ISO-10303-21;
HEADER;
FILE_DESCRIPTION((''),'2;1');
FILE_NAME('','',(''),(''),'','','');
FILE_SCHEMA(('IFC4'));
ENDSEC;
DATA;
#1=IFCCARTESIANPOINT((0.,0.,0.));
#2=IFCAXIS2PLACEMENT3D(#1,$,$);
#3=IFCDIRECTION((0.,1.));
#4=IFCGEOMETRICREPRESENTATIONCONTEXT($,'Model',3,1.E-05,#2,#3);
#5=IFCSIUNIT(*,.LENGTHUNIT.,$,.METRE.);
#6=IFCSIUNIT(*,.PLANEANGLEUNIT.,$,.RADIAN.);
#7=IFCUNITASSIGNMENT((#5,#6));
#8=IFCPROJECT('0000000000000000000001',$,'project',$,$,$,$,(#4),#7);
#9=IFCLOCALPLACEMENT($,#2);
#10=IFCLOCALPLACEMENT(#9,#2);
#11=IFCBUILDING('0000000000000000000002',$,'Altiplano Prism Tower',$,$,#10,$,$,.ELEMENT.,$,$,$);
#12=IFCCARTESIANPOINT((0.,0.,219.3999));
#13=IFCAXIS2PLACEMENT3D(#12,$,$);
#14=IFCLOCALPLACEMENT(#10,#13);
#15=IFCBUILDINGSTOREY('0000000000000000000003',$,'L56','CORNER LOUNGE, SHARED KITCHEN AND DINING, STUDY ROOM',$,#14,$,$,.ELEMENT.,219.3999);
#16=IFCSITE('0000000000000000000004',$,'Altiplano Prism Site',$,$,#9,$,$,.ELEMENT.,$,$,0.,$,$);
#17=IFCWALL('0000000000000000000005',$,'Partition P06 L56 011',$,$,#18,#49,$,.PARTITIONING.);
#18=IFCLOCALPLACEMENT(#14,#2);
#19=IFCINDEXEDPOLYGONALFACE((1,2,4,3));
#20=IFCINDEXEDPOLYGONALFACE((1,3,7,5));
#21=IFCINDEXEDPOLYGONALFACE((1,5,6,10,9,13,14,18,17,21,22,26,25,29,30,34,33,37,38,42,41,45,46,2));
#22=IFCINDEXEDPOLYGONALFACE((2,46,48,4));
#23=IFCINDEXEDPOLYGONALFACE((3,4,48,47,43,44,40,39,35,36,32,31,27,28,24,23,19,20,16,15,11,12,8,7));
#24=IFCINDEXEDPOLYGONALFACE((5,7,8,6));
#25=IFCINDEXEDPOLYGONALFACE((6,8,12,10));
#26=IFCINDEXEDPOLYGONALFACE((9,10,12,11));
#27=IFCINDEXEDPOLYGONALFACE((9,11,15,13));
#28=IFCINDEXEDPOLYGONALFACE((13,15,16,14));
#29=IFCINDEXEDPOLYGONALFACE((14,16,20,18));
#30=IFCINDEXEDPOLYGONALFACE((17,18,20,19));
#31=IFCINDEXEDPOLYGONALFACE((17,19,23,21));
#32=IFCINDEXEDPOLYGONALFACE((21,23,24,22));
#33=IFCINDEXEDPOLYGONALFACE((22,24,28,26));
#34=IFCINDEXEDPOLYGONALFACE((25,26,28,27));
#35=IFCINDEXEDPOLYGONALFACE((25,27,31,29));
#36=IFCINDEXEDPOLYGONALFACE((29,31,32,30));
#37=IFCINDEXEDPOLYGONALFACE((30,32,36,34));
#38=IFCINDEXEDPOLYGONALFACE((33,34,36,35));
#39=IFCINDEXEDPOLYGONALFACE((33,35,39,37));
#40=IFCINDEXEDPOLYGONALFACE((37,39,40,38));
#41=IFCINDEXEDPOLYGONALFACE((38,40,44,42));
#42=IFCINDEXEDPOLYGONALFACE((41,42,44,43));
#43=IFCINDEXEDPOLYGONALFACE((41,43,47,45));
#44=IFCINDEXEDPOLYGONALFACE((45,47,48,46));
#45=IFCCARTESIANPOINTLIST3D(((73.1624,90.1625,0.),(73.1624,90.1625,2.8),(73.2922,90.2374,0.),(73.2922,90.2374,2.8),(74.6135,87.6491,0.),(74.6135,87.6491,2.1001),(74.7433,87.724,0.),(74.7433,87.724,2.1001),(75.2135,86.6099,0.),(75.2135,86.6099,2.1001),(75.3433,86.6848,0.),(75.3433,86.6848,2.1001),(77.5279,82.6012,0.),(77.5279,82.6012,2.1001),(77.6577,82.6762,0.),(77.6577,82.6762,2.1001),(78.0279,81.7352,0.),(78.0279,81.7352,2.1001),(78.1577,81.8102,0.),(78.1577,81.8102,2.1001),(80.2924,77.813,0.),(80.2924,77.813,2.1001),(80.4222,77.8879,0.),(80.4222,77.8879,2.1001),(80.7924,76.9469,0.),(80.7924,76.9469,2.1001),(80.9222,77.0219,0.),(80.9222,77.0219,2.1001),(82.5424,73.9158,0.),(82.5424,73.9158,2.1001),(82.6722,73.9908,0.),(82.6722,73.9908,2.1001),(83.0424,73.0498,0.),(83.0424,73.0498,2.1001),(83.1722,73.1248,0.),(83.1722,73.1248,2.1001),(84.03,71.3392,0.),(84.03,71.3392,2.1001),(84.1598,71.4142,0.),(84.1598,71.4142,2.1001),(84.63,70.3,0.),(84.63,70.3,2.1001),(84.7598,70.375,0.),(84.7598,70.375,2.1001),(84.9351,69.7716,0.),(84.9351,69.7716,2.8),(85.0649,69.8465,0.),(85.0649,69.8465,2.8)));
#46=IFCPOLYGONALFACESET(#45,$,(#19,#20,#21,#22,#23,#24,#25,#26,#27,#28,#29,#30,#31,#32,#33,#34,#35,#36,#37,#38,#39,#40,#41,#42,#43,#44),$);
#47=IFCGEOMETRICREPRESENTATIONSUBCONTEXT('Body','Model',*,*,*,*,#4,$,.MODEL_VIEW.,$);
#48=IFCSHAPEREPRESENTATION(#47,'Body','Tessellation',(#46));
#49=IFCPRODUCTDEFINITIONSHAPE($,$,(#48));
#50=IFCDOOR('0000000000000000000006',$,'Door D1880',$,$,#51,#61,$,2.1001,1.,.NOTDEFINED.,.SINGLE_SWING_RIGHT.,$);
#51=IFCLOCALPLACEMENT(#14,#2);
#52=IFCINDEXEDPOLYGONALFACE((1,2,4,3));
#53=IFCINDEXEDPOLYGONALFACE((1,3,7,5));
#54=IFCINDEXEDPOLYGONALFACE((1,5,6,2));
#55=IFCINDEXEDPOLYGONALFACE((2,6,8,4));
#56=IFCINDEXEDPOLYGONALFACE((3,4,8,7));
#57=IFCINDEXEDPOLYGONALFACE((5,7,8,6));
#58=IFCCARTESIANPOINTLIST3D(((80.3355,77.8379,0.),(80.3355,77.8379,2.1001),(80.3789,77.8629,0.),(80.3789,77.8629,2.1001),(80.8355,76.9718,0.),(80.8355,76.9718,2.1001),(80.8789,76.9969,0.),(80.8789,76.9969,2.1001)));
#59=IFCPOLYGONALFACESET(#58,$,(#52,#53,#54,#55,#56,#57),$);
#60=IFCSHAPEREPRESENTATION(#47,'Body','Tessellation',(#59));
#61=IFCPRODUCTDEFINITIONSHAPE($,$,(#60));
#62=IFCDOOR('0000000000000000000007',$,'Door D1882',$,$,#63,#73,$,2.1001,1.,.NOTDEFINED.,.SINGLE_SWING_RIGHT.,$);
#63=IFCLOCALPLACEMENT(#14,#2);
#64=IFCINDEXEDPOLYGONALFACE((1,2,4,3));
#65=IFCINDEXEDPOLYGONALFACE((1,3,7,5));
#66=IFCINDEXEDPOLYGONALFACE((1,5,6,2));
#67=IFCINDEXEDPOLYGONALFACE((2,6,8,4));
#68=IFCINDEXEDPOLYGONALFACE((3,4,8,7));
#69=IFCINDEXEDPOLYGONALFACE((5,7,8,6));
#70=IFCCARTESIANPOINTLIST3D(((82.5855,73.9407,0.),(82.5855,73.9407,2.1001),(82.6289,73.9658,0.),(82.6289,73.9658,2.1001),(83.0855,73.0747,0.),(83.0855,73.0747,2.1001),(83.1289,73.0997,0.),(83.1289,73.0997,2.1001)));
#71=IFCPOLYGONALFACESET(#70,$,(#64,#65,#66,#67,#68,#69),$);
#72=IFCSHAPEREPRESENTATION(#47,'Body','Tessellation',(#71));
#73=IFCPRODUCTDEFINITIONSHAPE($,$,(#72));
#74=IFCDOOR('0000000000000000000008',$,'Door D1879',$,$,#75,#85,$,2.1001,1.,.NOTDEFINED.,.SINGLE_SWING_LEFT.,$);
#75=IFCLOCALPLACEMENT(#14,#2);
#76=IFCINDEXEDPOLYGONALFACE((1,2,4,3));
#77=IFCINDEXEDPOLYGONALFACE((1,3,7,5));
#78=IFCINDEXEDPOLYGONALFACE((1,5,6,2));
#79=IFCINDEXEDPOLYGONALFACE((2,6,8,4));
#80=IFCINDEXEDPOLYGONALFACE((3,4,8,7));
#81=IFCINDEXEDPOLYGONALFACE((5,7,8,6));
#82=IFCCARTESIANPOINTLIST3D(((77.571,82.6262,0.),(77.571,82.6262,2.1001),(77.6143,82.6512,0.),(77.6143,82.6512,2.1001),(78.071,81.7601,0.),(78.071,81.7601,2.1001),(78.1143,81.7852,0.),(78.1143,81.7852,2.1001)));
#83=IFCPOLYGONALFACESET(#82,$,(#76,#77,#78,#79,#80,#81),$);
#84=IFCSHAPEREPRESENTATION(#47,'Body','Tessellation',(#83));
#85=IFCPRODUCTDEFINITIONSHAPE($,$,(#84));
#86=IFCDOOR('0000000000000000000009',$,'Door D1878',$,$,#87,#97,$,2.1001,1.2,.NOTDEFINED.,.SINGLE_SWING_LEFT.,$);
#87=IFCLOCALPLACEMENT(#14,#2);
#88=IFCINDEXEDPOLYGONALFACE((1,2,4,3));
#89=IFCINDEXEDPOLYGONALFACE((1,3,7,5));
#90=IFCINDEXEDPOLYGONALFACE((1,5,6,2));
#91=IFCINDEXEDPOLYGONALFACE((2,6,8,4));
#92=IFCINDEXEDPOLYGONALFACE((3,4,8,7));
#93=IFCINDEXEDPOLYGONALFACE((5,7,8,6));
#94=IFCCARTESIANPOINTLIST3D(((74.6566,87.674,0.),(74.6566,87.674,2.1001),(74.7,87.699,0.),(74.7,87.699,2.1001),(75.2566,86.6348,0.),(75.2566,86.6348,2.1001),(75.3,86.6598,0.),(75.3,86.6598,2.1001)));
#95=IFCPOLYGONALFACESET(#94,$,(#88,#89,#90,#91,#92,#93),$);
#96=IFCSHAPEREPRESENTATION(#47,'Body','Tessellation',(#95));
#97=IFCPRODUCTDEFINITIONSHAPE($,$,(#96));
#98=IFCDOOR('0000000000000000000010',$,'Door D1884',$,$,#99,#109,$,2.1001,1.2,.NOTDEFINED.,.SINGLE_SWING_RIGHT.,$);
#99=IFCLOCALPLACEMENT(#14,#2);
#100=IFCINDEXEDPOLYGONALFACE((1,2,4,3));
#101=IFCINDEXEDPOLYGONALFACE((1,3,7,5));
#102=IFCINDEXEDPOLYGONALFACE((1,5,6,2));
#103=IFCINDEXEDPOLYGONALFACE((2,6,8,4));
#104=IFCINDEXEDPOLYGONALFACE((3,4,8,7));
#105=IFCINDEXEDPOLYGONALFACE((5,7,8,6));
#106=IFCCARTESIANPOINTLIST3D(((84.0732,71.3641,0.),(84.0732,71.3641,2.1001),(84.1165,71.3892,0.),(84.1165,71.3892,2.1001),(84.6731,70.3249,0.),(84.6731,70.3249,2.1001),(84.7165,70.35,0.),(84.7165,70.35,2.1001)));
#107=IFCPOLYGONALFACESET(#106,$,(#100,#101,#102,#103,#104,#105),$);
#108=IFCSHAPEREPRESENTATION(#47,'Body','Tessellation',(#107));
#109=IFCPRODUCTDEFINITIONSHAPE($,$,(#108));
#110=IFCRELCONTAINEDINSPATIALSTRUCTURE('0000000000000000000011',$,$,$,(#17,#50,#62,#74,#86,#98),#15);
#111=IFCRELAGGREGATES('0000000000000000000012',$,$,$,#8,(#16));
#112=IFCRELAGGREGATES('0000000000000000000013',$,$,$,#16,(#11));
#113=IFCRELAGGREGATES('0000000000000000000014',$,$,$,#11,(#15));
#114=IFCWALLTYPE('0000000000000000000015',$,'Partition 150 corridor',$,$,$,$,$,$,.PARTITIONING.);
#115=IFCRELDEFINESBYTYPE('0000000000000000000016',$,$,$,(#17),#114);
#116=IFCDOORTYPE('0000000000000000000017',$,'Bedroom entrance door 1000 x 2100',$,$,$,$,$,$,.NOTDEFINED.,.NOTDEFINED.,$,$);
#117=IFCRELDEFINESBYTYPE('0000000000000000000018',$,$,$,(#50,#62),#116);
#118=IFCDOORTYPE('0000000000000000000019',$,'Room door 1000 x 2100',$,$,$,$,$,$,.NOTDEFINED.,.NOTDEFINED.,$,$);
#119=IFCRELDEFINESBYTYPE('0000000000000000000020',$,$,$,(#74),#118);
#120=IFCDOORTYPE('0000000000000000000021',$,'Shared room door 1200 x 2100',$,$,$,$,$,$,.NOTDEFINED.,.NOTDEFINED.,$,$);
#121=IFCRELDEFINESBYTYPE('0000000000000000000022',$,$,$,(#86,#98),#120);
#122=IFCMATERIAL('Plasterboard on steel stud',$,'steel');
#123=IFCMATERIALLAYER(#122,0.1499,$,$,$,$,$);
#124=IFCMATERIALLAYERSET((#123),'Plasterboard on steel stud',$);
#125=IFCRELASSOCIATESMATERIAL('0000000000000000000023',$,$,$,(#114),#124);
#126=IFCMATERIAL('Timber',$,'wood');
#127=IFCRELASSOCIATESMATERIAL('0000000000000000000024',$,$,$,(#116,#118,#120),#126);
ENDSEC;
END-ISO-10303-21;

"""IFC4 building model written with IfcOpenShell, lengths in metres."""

from ifc_helpers import new_model, si_unit, direction, frame, frame_2d, origin, place, context, subcontext, project, spatial, rectangle, extrude, material, layer, layer_set, type_object, element, fill, save


model = new_model("IFC4")

# Units and contexts
model_context = context("Model", 3, precision=1e-05, world=origin(), true_north=direction((0.0, 1.0)))
body_context = subcontext(model_context, "Body", "Model", "MODEL_VIEW")
ifc_project = project(units=[si_unit("LENGTHUNIT", "METRE"), si_unit("PLANEANGLEUNIT", "RADIAN")], contexts=[model_context])

# Site, building, storey
site_placement = place(None, origin())
site = spatial("IfcSite", under=ifc_project, at=site_placement, Name="Altiplano Prism Site", CompositionType="ELEMENT", RefElevation=0.0)
building_placement = place(site_placement, origin())
building = spatial("IfcBuilding", under=site, at=building_placement, Name="Altiplano Prism Tower", CompositionType="ELEMENT")
storey_placement = place(building_placement, frame((0.0, 0.0, 219.3999)))
storey = spatial("IfcBuildingStorey", under=building, at=storey_placement, Name="L56", Description="CORNER LOUNGE, SHARED KITCHEN AND DINING, STUDY ROOM", CompositionType="ELEMENT", Elevation=219.3999)

# Shared definitions
ifc_material_1 = material(Name="Plasterboard on steel stud", Category="steel")
ifc_material_2 = material(Name="Timber", Category="wood")

# Shared definitions
ifc_layer_1 = layer(ifc_material_1, 0.1499)
ifc_layer_set_1 = layer_set([ifc_layer_1], Name="Plasterboard on steel stud")
wall_type_1 = type_object("IfcWallType", Name="Partition 150 corridor", PredefinedType="PARTITIONING", material=ifc_layer_set_1)

# Wall, openings, doors
wall_1_placement = place(storey_placement, frame((73.2273, 90.2, 0.0), z_axis=(0.0, 0.0, 1.0), x_axis=(0.500001, -0.866025, 0.0)))
wall_1 = element("IfcWall", 1, at=wall_1_placement, inside=storey, type_object=wall_type_1, Name="Partition P06 L56 011", PredefinedType="PARTITIONING", context=body_context, shape_type="SweptSolid", body=[
    extrude(rectangle(XDim=23.5454, YDim=0.1499, at=frame_2d((11.7727, 0.0))), origin(), (0.0, 0.0, 1.0), 2.8),
])
opening_1_placement = place(wall_1_placement, frame((2.9021, 0.0, 0.0)))
opening_1 = element("IfcOpeningElement", 2, at=opening_1_placement, cuts=wall_1, PredefinedType="OPENING", context=body_context, shape_type="SweptSolid", body=[
    extrude(rectangle(XDim=1.2, YDim=2.1001, at=frame_2d((0.6001, 1.05))), frame((0.0, 0.0854, 0.0), z_axis=(0.0, -1.0, 0.0), x_axis=(1.0, 0.0, 0.0)), (0.0, 0.0, 1.0), 0.1709),
])
opening_2_placement = place(wall_1_placement, frame((8.731, 0.0, 0.0)))
opening_2 = element("IfcOpeningElement", 3, at=opening_2_placement, cuts=wall_1, PredefinedType="OPENING", context=body_context, shape_type="SweptSolid", body=[
    extrude(rectangle(XDim=1.0, YDim=2.1001, at=frame_2d((0.5, 1.05))), frame((0.0, 0.0854, 0.0), z_axis=(0.0, -1.0, 0.0), x_axis=(1.0, 0.0, 0.0)), (0.0, 0.0, 1.0), 0.1709),
])
opening_3_placement = place(wall_1_placement, frame((14.26, 0.0, 0.0)))
opening_3 = element("IfcOpeningElement", 4, at=opening_3_placement, cuts=wall_1, PredefinedType="OPENING", context=body_context, shape_type="SweptSolid", body=[
    extrude(rectangle(XDim=1.0, YDim=2.1001, at=frame_2d((0.5, 1.05))), frame((0.0, 0.0854, 0.0), z_axis=(0.0, -1.0, 0.0), x_axis=(1.0, 0.0, 0.0)), (0.0, 0.0, 1.0), 0.1709),
])
opening_4_placement = place(wall_1_placement, frame((18.76, 0.0, 0.0)))
opening_4 = element("IfcOpeningElement", 5, at=opening_4_placement, cuts=wall_1, PredefinedType="OPENING", context=body_context, shape_type="SweptSolid", body=[
    extrude(rectangle(XDim=1.0, YDim=2.1001, at=frame_2d((0.5, 1.05))), frame((0.0, 0.0854, 0.0), z_axis=(0.0, -1.0, 0.0), x_axis=(1.0, 0.0, 0.0)), (0.0, 0.0, 1.0), 0.1709),
])
opening_5_placement = place(wall_1_placement, frame((21.7351, 0.0, 0.0)))
opening_5 = element("IfcOpeningElement", 6, at=opening_5_placement, cuts=wall_1, PredefinedType="OPENING", context=body_context, shape_type="SweptSolid", body=[
    extrude(rectangle(XDim=1.2, YDim=2.1001, at=frame_2d((0.6001, 1.05))), frame((0.0, 0.0854, 0.0), z_axis=(0.0, -1.0, 0.0), x_axis=(1.0, 0.0, 0.0)), (0.0, 0.0, 1.0), 0.1709),
])
door_type_1 = type_object("IfcDoorType", Name="Bedroom entrance door 1000 x 2100", OperationType="NOTDEFINED", PredefinedType="NOTDEFINED", material=ifc_material_2)
door_1_placement = place(opening_3_placement, origin())
door_1 = element("IfcDoor", 7, at=door_1_placement, inside=storey, type_object=door_type_1, Name="Door D1880", OperationType="SINGLE_SWING_RIGHT", OverallHeight=2.1001, OverallWidth=1.0, PredefinedType="NOTDEFINED", context=body_context, shape_type="SweptSolid", body=[
    extrude(rectangle(XDim=1.0, YDim=2.1001, at=frame_2d((0.5, 1.05))), frame((0.0, 0.0249, 0.0), z_axis=(0.0, -1.0, 0.0), x_axis=(1.0, 0.0, 0.0)), (0.0, 0.0, 1.0), 0.05),
])
fill(opening_3, door_1)
door_2_placement = place(opening_4_placement, origin())
door_2 = element("IfcDoor", 8, at=door_2_placement, inside=storey, type_object=door_type_1, Name="Door D1882", OperationType="SINGLE_SWING_RIGHT", OverallHeight=2.1001, OverallWidth=1.0, PredefinedType="NOTDEFINED", context=body_context, shape_type="SweptSolid", body=[
    extrude(rectangle(XDim=1.0, YDim=2.1001, at=frame_2d((0.5, 1.05))), frame((0.0, 0.0249, 0.0), z_axis=(0.0, -1.0, 0.0), x_axis=(1.0, 0.0, 0.0)), (0.0, 0.0, 1.0), 0.05),
])
fill(opening_4, door_2)
door_type_2 = type_object("IfcDoorType", Name="Room door 1000 x 2100", OperationType="NOTDEFINED", PredefinedType="NOTDEFINED", material=ifc_material_2)
door_3_placement = place(opening_2_placement, origin())
door_3 = element("IfcDoor", 9, at=door_3_placement, inside=storey, type_object=door_type_2, Name="Door D1879", OperationType="SINGLE_SWING_LEFT", OverallHeight=2.1001, OverallWidth=1.0, PredefinedType="NOTDEFINED", context=body_context, shape_type="SweptSolid", body=[
    extrude(rectangle(XDim=1.0, YDim=2.1001, at=frame_2d((0.5, 1.05))), frame((0.0, 0.0249, 0.0), z_axis=(0.0, -1.0, 0.0), x_axis=(1.0, 0.0, 0.0)), (0.0, 0.0, 1.0), 0.05),
])
fill(opening_2, door_3)
door_type_3 = type_object("IfcDoorType", Name="Shared room door 1200 x 2100", OperationType="NOTDEFINED", PredefinedType="NOTDEFINED", material=ifc_material_2)
door_4_placement = place(opening_1_placement, origin())
door_4 = element("IfcDoor", 10, at=door_4_placement, inside=storey, type_object=door_type_3, Name="Door D1878", OperationType="SINGLE_SWING_LEFT", OverallHeight=2.1001, OverallWidth=1.2, PredefinedType="NOTDEFINED", context=body_context, shape_type="SweptSolid", body=[
    extrude(rectangle(XDim=1.2, YDim=2.1001, at=frame_2d((0.6001, 1.05))), frame((0.0, 0.0249, 0.0), z_axis=(0.0, -1.0, 0.0), x_axis=(1.0, 0.0, 0.0)), (0.0, 0.0, 1.0), 0.05),
])
fill(opening_1, door_4)
door_5_placement = place(opening_5_placement, origin())
door_5 = element("IfcDoor", 11, at=door_5_placement, inside=storey, type_object=door_type_3, Name="Door D1884", OperationType="SINGLE_SWING_RIGHT", OverallHeight=2.1001, OverallWidth=1.2, PredefinedType="NOTDEFINED", context=body_context, shape_type="SweptSolid", body=[
    extrude(rectangle(XDim=1.2, YDim=2.1001, at=frame_2d((0.6001, 1.05))), frame((0.0, 0.0249, 0.0), z_axis=(0.0, -1.0, 0.0), x_axis=(1.0, 0.0, 0.0)), (0.0, 0.0, 1.0), 0.05),
])
fill(opening_5, door_5)

save(model, "model.ifc")
